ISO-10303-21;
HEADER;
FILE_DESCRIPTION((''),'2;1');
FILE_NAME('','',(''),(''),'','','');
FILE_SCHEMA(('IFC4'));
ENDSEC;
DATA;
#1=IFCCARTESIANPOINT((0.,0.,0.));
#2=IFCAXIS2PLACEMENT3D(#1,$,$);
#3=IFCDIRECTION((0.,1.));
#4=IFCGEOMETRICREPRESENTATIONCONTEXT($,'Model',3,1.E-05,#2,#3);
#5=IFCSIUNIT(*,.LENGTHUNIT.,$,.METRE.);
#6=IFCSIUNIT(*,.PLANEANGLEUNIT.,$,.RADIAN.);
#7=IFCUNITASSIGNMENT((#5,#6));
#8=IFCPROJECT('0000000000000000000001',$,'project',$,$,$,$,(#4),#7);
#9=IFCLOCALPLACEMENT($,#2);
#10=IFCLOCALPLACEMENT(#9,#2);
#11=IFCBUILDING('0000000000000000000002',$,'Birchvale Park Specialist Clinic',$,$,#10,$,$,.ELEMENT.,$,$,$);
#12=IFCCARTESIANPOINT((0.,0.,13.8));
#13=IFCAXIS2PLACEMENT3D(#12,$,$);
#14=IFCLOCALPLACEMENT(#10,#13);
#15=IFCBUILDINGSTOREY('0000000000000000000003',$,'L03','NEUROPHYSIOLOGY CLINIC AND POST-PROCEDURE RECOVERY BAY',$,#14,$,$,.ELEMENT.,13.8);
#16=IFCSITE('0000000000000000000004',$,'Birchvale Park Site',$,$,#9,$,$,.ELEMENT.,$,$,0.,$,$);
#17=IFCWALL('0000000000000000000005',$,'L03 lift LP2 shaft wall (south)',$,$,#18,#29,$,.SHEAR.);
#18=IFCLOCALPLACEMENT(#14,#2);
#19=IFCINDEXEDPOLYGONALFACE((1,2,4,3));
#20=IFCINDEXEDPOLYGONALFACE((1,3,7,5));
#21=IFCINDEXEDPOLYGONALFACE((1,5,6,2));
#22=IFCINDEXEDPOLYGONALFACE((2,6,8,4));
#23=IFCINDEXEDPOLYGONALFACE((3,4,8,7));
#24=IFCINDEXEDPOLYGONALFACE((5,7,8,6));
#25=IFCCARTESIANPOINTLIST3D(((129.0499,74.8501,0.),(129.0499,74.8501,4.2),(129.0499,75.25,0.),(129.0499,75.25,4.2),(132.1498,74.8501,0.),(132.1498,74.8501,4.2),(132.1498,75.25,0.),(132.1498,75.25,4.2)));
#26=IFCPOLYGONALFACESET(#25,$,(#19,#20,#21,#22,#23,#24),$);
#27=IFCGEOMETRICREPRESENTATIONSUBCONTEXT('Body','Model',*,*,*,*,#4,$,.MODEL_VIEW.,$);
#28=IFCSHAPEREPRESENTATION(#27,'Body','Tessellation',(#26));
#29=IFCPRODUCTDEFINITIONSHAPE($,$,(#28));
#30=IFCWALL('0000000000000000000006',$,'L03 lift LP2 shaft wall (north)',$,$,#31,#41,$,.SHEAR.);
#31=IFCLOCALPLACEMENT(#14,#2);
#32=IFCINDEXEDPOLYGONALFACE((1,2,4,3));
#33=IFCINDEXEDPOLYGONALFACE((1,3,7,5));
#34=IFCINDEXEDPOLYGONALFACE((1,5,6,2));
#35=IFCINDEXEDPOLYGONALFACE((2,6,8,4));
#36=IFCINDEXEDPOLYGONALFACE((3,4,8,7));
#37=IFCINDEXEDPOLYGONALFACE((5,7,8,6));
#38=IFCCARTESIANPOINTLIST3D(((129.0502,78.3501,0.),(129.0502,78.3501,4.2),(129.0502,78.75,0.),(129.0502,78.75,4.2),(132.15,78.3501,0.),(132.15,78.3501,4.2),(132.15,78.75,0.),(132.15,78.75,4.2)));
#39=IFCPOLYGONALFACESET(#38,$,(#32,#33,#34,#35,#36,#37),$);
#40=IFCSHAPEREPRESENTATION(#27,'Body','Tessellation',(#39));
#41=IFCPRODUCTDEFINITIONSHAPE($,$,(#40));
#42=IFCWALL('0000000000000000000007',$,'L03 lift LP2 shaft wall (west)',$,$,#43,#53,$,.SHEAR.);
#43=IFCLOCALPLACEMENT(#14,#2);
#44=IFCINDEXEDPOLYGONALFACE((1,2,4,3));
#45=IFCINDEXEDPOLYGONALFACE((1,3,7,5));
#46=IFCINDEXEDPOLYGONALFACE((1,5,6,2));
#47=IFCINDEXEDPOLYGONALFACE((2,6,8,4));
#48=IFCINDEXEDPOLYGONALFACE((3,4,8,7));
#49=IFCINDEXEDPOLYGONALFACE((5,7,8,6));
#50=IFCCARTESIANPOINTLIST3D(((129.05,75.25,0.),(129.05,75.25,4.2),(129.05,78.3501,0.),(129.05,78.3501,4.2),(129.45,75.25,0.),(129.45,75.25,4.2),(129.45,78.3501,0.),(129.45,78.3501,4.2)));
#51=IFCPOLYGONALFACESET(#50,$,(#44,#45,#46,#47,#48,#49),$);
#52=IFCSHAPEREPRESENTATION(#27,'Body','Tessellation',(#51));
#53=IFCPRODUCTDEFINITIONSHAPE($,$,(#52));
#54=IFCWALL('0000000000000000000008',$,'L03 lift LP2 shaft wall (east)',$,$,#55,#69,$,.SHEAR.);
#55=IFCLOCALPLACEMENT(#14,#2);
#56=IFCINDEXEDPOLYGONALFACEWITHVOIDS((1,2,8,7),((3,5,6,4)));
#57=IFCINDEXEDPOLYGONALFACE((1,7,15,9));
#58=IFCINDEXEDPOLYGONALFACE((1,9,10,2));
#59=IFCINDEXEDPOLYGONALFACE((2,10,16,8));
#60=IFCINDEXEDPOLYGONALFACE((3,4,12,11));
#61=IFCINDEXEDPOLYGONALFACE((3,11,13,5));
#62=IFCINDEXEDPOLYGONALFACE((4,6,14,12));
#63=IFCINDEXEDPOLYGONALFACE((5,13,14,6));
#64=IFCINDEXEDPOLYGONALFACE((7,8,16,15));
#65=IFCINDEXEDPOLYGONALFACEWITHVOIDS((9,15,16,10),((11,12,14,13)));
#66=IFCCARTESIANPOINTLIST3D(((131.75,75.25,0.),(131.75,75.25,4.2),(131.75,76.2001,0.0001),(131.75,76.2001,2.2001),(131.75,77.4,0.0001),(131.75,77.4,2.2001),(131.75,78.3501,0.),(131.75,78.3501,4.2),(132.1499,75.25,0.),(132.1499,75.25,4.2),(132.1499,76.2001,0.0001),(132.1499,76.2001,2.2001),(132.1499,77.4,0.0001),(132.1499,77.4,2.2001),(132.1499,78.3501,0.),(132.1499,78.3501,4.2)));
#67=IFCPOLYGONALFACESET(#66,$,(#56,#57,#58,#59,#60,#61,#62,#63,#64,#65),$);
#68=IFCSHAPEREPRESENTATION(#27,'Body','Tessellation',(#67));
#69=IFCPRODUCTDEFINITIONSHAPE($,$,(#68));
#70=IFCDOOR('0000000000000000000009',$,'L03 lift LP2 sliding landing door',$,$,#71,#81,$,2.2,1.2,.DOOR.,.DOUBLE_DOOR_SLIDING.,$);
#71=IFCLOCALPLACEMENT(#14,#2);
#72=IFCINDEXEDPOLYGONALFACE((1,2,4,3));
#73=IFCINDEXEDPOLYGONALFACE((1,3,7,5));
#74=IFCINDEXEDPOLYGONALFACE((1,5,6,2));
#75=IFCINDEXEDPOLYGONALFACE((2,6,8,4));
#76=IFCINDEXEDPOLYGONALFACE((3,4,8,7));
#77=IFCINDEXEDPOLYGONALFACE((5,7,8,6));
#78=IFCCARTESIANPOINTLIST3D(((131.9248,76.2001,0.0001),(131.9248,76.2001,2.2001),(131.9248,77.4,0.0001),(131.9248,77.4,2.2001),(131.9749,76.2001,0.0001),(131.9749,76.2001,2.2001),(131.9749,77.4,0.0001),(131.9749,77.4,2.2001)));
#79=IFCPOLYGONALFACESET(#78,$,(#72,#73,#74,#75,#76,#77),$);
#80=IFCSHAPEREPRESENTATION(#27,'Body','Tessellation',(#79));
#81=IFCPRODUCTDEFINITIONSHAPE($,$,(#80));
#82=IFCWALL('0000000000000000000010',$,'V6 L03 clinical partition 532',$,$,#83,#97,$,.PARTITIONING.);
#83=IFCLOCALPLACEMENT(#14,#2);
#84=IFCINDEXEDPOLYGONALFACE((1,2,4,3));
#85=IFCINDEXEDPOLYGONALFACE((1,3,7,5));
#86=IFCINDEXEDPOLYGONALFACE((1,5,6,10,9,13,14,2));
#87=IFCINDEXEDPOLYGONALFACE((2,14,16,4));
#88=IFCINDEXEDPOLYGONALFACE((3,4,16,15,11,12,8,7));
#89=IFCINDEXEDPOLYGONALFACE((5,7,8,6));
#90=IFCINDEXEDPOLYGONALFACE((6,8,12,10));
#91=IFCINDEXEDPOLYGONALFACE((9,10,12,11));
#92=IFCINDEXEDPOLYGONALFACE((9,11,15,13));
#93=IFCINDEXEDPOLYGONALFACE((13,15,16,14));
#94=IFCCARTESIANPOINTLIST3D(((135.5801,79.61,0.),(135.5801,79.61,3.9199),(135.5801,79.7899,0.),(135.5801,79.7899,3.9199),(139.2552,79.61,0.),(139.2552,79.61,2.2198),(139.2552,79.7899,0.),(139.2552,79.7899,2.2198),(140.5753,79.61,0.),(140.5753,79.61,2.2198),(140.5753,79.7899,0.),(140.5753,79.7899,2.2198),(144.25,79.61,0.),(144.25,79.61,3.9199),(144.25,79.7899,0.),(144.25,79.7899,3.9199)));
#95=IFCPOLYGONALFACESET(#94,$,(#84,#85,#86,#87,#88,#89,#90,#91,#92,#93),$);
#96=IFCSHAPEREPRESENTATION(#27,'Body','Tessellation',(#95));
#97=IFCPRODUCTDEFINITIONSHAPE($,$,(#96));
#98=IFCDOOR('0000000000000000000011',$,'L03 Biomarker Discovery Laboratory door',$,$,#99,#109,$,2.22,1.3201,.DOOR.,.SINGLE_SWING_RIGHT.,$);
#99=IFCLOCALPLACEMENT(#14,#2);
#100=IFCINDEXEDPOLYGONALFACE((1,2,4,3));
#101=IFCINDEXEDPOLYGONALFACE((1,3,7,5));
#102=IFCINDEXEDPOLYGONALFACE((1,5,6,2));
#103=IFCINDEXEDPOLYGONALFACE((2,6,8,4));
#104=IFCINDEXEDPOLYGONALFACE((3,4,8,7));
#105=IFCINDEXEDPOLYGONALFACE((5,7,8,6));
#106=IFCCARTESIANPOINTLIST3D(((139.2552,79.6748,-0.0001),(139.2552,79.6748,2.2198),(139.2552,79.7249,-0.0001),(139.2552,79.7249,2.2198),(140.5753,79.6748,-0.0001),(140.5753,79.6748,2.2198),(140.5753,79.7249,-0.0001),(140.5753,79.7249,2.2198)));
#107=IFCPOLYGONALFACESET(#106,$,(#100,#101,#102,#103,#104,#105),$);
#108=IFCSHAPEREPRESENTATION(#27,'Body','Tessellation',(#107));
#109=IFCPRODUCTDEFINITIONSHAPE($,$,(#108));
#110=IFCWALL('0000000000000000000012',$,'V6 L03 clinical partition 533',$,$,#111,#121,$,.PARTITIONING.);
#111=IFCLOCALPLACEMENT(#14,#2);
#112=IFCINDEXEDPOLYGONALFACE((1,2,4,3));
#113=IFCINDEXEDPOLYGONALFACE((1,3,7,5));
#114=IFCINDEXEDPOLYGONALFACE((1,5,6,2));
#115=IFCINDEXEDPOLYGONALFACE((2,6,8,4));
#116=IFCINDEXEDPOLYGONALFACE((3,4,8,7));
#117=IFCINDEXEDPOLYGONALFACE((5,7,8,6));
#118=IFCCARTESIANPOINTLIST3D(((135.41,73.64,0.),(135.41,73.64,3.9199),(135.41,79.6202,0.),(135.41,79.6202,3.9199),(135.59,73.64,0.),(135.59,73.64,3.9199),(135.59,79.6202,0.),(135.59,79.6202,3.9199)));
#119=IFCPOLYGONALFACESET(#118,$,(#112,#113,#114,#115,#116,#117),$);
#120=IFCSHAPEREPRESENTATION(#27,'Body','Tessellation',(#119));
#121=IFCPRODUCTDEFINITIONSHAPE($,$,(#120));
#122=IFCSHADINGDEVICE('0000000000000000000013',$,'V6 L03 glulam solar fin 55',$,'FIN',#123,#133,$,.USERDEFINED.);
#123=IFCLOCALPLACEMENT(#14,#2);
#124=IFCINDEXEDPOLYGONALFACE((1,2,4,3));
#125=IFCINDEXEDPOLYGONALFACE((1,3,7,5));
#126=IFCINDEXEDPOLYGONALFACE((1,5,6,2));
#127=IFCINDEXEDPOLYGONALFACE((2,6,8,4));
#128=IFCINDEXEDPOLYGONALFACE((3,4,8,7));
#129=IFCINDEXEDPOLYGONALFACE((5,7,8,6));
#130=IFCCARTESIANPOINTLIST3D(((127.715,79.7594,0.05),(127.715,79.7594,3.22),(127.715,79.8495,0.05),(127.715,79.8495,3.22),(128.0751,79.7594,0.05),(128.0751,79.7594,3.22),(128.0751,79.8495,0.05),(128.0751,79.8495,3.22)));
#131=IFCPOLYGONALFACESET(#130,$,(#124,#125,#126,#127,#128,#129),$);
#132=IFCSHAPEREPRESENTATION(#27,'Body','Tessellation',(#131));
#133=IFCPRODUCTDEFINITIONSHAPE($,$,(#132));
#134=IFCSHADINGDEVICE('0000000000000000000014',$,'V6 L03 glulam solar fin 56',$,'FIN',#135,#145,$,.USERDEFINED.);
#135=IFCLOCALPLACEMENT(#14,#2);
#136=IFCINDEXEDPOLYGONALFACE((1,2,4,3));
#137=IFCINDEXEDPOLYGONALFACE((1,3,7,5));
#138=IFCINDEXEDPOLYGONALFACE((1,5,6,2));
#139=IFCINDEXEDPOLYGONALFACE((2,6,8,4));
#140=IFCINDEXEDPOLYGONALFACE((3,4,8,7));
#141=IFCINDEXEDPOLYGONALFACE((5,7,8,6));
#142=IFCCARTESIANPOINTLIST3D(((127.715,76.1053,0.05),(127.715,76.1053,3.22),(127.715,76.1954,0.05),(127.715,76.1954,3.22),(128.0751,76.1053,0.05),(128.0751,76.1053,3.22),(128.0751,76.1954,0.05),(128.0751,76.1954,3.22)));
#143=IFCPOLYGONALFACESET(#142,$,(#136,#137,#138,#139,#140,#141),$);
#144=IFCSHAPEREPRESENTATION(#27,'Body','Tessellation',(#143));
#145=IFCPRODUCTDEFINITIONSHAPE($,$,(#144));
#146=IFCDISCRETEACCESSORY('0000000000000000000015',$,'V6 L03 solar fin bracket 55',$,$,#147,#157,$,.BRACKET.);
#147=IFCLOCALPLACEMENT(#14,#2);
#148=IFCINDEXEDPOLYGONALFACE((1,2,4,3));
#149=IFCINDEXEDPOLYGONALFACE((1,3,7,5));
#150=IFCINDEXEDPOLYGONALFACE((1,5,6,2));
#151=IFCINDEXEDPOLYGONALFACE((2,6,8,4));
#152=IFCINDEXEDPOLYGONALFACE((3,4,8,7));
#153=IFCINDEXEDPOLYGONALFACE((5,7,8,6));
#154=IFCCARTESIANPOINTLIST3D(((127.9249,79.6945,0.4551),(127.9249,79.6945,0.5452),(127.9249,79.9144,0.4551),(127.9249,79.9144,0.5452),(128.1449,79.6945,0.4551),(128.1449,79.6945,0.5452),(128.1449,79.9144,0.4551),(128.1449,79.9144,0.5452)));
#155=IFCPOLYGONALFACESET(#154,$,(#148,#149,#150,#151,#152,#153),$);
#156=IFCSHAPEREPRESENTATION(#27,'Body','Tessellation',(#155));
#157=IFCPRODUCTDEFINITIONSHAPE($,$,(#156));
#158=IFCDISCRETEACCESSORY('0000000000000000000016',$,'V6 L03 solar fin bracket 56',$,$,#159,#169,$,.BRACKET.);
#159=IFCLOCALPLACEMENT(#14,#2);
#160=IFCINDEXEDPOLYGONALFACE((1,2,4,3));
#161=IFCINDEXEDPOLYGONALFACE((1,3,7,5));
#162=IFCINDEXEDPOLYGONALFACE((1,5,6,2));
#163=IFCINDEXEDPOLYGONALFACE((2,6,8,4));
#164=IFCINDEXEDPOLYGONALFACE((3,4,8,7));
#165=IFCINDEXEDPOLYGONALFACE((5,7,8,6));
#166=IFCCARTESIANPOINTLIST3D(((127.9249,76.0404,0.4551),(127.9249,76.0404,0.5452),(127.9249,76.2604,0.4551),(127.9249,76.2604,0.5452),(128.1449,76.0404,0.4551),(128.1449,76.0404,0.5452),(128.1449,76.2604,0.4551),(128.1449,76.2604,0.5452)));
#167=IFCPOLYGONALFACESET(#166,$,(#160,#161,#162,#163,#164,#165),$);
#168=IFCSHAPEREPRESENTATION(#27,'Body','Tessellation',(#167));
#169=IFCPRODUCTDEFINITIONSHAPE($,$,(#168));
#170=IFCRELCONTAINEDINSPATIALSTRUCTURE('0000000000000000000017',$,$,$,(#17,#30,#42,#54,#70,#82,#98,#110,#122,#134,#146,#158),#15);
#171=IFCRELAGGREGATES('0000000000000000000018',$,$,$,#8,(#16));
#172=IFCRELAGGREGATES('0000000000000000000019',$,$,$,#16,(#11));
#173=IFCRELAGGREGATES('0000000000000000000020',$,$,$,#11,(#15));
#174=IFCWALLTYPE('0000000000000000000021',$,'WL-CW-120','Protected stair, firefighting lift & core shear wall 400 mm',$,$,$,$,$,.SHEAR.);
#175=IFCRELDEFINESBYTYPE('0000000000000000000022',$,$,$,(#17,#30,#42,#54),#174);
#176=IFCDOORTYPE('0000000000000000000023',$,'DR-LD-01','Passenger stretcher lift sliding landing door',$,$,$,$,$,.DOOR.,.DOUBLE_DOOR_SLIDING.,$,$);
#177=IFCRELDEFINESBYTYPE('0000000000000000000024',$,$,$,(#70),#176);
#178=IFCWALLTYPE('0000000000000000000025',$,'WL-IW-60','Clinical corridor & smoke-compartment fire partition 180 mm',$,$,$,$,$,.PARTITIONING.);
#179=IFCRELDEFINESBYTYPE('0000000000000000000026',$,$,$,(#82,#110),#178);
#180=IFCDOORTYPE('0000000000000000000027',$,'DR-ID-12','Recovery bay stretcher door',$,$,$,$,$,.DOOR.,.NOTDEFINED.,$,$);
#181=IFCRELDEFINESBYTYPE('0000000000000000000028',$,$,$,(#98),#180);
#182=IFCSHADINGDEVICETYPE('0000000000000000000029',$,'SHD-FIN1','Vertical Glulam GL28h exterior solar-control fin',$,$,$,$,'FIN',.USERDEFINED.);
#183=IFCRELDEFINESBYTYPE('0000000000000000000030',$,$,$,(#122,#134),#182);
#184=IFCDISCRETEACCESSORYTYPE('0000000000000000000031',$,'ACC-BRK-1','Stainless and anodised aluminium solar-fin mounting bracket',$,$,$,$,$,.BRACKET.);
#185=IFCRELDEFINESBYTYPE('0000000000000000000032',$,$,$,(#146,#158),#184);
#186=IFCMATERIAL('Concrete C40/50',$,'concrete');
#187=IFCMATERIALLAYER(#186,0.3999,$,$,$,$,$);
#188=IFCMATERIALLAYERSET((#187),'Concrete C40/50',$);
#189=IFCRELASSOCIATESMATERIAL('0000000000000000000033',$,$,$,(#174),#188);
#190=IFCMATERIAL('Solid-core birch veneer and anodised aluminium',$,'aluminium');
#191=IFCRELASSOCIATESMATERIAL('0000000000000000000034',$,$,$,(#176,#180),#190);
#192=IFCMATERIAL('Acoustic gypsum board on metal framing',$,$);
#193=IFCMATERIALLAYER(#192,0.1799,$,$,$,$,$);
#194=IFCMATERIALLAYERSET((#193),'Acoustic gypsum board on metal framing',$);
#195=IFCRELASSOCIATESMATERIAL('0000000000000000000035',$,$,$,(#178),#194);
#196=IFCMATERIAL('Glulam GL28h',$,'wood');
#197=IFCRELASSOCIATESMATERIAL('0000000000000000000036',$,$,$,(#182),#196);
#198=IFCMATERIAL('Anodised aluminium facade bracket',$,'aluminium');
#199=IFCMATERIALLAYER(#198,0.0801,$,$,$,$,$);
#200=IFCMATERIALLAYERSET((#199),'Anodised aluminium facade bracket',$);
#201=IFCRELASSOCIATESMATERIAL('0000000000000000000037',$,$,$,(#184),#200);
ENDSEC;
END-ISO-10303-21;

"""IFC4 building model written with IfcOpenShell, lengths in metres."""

from ifc_helpers import new_model, si_unit, direction, frame, frame_2d, origin, origin_2d, place, context, subcontext, project, spatial, rectangle, extrude, material, layer, layer_set, type_object, element, fill, save


model = new_model("IFC4")

# Units and contexts
model_context = context("Model", 3, precision=1e-05, world=origin(), true_north=direction((0.0, 1.0)))
body_context = subcontext(model_context, "Body", "Model", "MODEL_VIEW")
ifc_project = project(units=[si_unit("LENGTHUNIT", "METRE"), si_unit("PLANEANGLEUNIT", "RADIAN")], contexts=[model_context])

# Site, building, storey
site_placement = place(None, origin())
site = spatial("IfcSite", under=ifc_project, at=site_placement, Name="Birchvale Park Site", CompositionType="ELEMENT", RefElevation=0.0)
building_placement = place(site_placement, origin())
building = spatial("IfcBuilding", under=site, at=building_placement, Name="Birchvale Park Specialist Clinic", CompositionType="ELEMENT")
storey_placement = place(building_placement, frame((0.0, 0.0, 13.8)))
storey = spatial("IfcBuildingStorey", under=building, at=storey_placement, Name="L03", Description="NEUROPHYSIOLOGY CLINIC AND POST-PROCEDURE RECOVERY BAY", CompositionType="ELEMENT", Elevation=13.8)

# Shared definitions
ifc_material_1 = material(Name="Concrete C40/50", Category="concrete")

# Walls
ifc_layer_1 = layer(ifc_material_1, 0.3999)
ifc_layer_set_1 = layer_set([ifc_layer_1], Name="Concrete C40/50")
wall_type_1 = type_object("IfcWallType", Name="WL-CW-120", Description="Protected stair, firefighting lift & core shear wall 400 mm", PredefinedType="SHEAR", material=ifc_layer_set_1)
for number, where, z_axis, x_axis, name in (
    (1, (129.05, 75.05, 0.0), (0.0, 0.0, 1.0), (1.0, 0.0, 0.0), "L03 lift LP2 shaft wall (south)"),
    (2, (132.1499, 78.55, 0.0), (0.0, 0.0, 1.0), (-1.0, 0.0, 0.0), "L03 lift LP2 shaft wall (north)"),
):
    element("IfcWall", number, at=place(storey_placement, frame(where, z_axis=z_axis, x_axis=x_axis)), inside=storey, type_object=wall_type_1, Name=name, PredefinedType="SHEAR", context=body_context, shape_type="SweptSolid", body=[
        extrude(rectangle(XDim=3.0999, YDim=0.3999, at=frame_2d((1.5498, 0.0))), origin(), (0.0, 0.0, 1.0), 4.2),
    ])
wall_1_placement = place(storey_placement, frame((129.25, 75.25, 0.0), z_axis=(0.0, 0.0, 1.0), x_axis=(0.0, 1.0, 0.0)))
element("IfcWall", 3, at=wall_1_placement, inside=storey, type_object=wall_type_1, Name="L03 lift LP2 shaft wall (west)", PredefinedType="SHEAR", context=body_context, shape_type="SweptSolid", body=[
    extrude(rectangle(XDim=3.1001, YDim=0.3999, at=frame_2d((1.55, 0.0))), origin(), (0.0, 0.0, 1.0), 4.2),
])

# Walls, openings, doors
wall_2_placement = place(storey_placement, frame((131.95, 78.3501, 0.0), z_axis=(0.0, 0.0, 1.0), x_axis=(0.0, -1.0, 0.0)))
wall_2 = element("IfcWall", 4, at=wall_2_placement, inside=storey, type_object=wall_type_1, Name="L03 lift LP2 shaft wall (east)", PredefinedType="SHEAR", context=body_context, shape_type="SweptSolid", body=[
    extrude(rectangle(XDim=3.1001, YDim=0.3999, at=frame_2d((1.55, 0.0))), origin(), (0.0, 0.0, 1.0), 4.2),
])
opening_1_placement = place(wall_2_placement, frame((0.95, 0.0, 0.0)))
opening_1 = element("IfcOpeningElement", 5, at=opening_1_placement, cuts=wall_2, PredefinedType="OPENING", context=body_context, shape_type="SweptSolid", body=[
    extrude(rectangle(XDim=1.2, YDim=2.2, at=frame_2d((0.6001, 1.1001))), frame((0.0, 0.21, 0.0), z_axis=(0.0, -1.0, 0.0), x_axis=(1.0, 0.0, 0.0)), (0.0, 0.0, 1.0), 0.4199),
])
ifc_material_2 = material(Name="Solid-core birch veneer and anodised aluminium", Category="aluminium")
door_type_1 = type_object("IfcDoorType", Name="DR-LD-01", Description="Passenger stretcher lift sliding landing door", OperationType="DOUBLE_DOOR_SLIDING", PredefinedType="DOOR", material=ifc_material_2)
door_1_placement = place(opening_1_placement, origin())
door_1 = element("IfcDoor", 6, at=door_1_placement, inside=storey, type_object=door_type_1, Name="L03 lift LP2 sliding landing door", OperationType="DOUBLE_DOOR_SLIDING", OverallHeight=2.2, OverallWidth=1.2, PredefinedType="DOOR", context=body_context, shape_type="SweptSolid", body=[
    extrude(rectangle(XDim=1.2, YDim=2.2, at=frame_2d((0.6001, 1.1001))), frame((0.0, 0.0249, 0.0), z_axis=(0.0, -1.0, 0.0), x_axis=(1.0, 0.0, 0.0)), (0.0, 0.0, 1.0), 0.05),
])
fill(opening_1, door_1)
ifc_material_3 = material(Name="Acoustic gypsum board on metal framing")
ifc_layer_2 = layer(ifc_material_3, 0.1799)
ifc_layer_set_2 = layer_set([ifc_layer_2], Name="Acoustic gypsum board on metal framing")
wall_type_2 = type_object("IfcWallType", Name="WL-IW-60", Description="Clinical corridor & smoke-compartment fire partition 180 mm", PredefinedType="PARTITIONING", material=ifc_layer_set_2)
wall_3_placement = place(storey_placement, frame((135.5801, 79.7, 0.0), z_axis=(0.0, 0.0, 1.0), x_axis=(1.0, 0.0, 0.0)))
wall_3 = element("IfcWall", 7, at=wall_3_placement, inside=storey, type_object=wall_type_2, Name="V6 L03 clinical partition 532", PredefinedType="PARTITIONING", context=body_context, shape_type="SweptSolid", body=[
    extrude(rectangle(XDim=8.6699, YDim=0.1799, at=frame_2d((4.335, 0.0))), origin(), (0.0, 0.0, 1.0), 3.9199),
])
opening_2_placement = place(wall_3_placement, frame((3.675, 0.0, 0.0)))
opening_2 = element("IfcOpeningElement", 8, at=opening_2_placement, cuts=wall_3, PredefinedType="OPENING", context=body_context, shape_type="SweptSolid", body=[
    extrude(rectangle(XDim=1.3201, YDim=2.22, at=frame_2d((0.6602, 1.1099))), frame((0.0, 0.1001, 0.0), z_axis=(0.0, -1.0, 0.0), x_axis=(1.0, 0.0, 0.0)), (0.0, 0.0, 1.0), 0.2),
])
door_type_2 = type_object("IfcDoorType", Name="DR-ID-12", Description="Recovery bay stretcher door", OperationType="NOTDEFINED", PredefinedType="DOOR", material=ifc_material_2)
door_2_placement = place(opening_2_placement, origin())
door_2 = element("IfcDoor", 9, at=door_2_placement, inside=storey, type_object=door_type_2, Name="L03 Biomarker Discovery Laboratory door", OperationType="SINGLE_SWING_RIGHT", OverallHeight=2.22, OverallWidth=1.3201, PredefinedType="DOOR", context=body_context, shape_type="SweptSolid", body=[
    extrude(rectangle(XDim=1.3201, YDim=2.22, at=frame_2d((0.6602, 1.1099))), frame((0.0, 0.0249, 0.0), z_axis=(0.0, -1.0, 0.0), x_axis=(1.0, 0.0, 0.0)), (0.0, 0.0, 1.0), 0.05),
])
fill(opening_2, door_2)

# Wall
wall_4_placement = place(storey_placement, frame((135.5, 73.6399, 0.0), z_axis=(0.0, 0.0, 1.0), x_axis=(0.0, 1.0, 0.0)))
element("IfcWall", 10, at=wall_4_placement, inside=storey, type_object=wall_type_2, Name="V6 L03 clinical partition 533", PredefinedType="PARTITIONING", context=body_context, shape_type="SweptSolid", body=[
    extrude(rectangle(XDim=5.9802, YDim=0.1799, at=frame_2d((2.9902, 0.0))), origin(), (0.0, 0.0, 1.0), 3.9199),
])

# Shading devices
ifc_material_4 = material(Name="Glulam GL28h", Category="wood")
shading_device_type = type_object("IfcShadingDeviceType", Name="SHD-FIN1", Description="Vertical Glulam GL28h exterior solar-control fin", ElementType="FIN", PredefinedType="USERDEFINED", material=ifc_material_4)
for number, where, z_axis, x_axis, name in (
    (11, (127.895, 79.8044, 0.05), (0.0, 0.0, 1.0), (1.0, 0.0, 0.0), "V6 L03 glulam solar fin 55"),
    (12, (127.895, 76.1504, 0.05), (0.0, 0.0, 1.0), (1.0, 0.0, 0.0), "V6 L03 glulam solar fin 56"),
):
    element("IfcShadingDevice", number, at=place(storey_placement, frame(where, z_axis=z_axis, x_axis=x_axis)), inside=storey, type_object=shading_device_type, Name=name, ObjectType="FIN", PredefinedType="USERDEFINED", context=body_context, shape_type="SweptSolid", body=[
        extrude(rectangle(XDim=0.3601, YDim=0.0901, at=origin_2d()), origin(), (0.0, 0.0, 1.0), 3.1699),
    ])

# Discrete accessories
ifc_material_5 = material(Name="Anodised aluminium facade bracket", Category="aluminium")
ifc_layer_3 = layer(ifc_material_5, 0.0801)
ifc_layer_set_3 = layer_set([ifc_layer_3], Name="Anodised aluminium facade bracket")
discrete_accessory_type = type_object("IfcDiscreteAccessoryType", Name="ACC-BRK-1", Description="Stainless and anodised aluminium solar-fin mounting bracket", PredefinedType="BRACKET", material=ifc_layer_set_3)
for number, where, z_axis, x_axis, name in (
    (13, (128.0349, 79.8044, 0.4551), (0.0, 0.0, 1.0), (1.0, 0.0, 0.0), "V6 L03 solar fin bracket 55"),
    (14, (128.0349, 76.1504, 0.4551), (0.0, 0.0, 1.0), (1.0, 0.0, 0.0), "V6 L03 solar fin bracket 56"),
):
    element("IfcDiscreteAccessory", number, at=place(storey_placement, frame(where, z_axis=z_axis, x_axis=x_axis)), inside=storey, type_object=discrete_accessory_type, Name=name, PredefinedType="BRACKET", context=body_context, shape_type="SweptSolid", body=[
        extrude(rectangle(XDim=0.22, YDim=0.22, at=origin_2d()), origin(), (0.0, 0.0, 1.0), 0.0901),
    ])

save(model, "model.ifc")
